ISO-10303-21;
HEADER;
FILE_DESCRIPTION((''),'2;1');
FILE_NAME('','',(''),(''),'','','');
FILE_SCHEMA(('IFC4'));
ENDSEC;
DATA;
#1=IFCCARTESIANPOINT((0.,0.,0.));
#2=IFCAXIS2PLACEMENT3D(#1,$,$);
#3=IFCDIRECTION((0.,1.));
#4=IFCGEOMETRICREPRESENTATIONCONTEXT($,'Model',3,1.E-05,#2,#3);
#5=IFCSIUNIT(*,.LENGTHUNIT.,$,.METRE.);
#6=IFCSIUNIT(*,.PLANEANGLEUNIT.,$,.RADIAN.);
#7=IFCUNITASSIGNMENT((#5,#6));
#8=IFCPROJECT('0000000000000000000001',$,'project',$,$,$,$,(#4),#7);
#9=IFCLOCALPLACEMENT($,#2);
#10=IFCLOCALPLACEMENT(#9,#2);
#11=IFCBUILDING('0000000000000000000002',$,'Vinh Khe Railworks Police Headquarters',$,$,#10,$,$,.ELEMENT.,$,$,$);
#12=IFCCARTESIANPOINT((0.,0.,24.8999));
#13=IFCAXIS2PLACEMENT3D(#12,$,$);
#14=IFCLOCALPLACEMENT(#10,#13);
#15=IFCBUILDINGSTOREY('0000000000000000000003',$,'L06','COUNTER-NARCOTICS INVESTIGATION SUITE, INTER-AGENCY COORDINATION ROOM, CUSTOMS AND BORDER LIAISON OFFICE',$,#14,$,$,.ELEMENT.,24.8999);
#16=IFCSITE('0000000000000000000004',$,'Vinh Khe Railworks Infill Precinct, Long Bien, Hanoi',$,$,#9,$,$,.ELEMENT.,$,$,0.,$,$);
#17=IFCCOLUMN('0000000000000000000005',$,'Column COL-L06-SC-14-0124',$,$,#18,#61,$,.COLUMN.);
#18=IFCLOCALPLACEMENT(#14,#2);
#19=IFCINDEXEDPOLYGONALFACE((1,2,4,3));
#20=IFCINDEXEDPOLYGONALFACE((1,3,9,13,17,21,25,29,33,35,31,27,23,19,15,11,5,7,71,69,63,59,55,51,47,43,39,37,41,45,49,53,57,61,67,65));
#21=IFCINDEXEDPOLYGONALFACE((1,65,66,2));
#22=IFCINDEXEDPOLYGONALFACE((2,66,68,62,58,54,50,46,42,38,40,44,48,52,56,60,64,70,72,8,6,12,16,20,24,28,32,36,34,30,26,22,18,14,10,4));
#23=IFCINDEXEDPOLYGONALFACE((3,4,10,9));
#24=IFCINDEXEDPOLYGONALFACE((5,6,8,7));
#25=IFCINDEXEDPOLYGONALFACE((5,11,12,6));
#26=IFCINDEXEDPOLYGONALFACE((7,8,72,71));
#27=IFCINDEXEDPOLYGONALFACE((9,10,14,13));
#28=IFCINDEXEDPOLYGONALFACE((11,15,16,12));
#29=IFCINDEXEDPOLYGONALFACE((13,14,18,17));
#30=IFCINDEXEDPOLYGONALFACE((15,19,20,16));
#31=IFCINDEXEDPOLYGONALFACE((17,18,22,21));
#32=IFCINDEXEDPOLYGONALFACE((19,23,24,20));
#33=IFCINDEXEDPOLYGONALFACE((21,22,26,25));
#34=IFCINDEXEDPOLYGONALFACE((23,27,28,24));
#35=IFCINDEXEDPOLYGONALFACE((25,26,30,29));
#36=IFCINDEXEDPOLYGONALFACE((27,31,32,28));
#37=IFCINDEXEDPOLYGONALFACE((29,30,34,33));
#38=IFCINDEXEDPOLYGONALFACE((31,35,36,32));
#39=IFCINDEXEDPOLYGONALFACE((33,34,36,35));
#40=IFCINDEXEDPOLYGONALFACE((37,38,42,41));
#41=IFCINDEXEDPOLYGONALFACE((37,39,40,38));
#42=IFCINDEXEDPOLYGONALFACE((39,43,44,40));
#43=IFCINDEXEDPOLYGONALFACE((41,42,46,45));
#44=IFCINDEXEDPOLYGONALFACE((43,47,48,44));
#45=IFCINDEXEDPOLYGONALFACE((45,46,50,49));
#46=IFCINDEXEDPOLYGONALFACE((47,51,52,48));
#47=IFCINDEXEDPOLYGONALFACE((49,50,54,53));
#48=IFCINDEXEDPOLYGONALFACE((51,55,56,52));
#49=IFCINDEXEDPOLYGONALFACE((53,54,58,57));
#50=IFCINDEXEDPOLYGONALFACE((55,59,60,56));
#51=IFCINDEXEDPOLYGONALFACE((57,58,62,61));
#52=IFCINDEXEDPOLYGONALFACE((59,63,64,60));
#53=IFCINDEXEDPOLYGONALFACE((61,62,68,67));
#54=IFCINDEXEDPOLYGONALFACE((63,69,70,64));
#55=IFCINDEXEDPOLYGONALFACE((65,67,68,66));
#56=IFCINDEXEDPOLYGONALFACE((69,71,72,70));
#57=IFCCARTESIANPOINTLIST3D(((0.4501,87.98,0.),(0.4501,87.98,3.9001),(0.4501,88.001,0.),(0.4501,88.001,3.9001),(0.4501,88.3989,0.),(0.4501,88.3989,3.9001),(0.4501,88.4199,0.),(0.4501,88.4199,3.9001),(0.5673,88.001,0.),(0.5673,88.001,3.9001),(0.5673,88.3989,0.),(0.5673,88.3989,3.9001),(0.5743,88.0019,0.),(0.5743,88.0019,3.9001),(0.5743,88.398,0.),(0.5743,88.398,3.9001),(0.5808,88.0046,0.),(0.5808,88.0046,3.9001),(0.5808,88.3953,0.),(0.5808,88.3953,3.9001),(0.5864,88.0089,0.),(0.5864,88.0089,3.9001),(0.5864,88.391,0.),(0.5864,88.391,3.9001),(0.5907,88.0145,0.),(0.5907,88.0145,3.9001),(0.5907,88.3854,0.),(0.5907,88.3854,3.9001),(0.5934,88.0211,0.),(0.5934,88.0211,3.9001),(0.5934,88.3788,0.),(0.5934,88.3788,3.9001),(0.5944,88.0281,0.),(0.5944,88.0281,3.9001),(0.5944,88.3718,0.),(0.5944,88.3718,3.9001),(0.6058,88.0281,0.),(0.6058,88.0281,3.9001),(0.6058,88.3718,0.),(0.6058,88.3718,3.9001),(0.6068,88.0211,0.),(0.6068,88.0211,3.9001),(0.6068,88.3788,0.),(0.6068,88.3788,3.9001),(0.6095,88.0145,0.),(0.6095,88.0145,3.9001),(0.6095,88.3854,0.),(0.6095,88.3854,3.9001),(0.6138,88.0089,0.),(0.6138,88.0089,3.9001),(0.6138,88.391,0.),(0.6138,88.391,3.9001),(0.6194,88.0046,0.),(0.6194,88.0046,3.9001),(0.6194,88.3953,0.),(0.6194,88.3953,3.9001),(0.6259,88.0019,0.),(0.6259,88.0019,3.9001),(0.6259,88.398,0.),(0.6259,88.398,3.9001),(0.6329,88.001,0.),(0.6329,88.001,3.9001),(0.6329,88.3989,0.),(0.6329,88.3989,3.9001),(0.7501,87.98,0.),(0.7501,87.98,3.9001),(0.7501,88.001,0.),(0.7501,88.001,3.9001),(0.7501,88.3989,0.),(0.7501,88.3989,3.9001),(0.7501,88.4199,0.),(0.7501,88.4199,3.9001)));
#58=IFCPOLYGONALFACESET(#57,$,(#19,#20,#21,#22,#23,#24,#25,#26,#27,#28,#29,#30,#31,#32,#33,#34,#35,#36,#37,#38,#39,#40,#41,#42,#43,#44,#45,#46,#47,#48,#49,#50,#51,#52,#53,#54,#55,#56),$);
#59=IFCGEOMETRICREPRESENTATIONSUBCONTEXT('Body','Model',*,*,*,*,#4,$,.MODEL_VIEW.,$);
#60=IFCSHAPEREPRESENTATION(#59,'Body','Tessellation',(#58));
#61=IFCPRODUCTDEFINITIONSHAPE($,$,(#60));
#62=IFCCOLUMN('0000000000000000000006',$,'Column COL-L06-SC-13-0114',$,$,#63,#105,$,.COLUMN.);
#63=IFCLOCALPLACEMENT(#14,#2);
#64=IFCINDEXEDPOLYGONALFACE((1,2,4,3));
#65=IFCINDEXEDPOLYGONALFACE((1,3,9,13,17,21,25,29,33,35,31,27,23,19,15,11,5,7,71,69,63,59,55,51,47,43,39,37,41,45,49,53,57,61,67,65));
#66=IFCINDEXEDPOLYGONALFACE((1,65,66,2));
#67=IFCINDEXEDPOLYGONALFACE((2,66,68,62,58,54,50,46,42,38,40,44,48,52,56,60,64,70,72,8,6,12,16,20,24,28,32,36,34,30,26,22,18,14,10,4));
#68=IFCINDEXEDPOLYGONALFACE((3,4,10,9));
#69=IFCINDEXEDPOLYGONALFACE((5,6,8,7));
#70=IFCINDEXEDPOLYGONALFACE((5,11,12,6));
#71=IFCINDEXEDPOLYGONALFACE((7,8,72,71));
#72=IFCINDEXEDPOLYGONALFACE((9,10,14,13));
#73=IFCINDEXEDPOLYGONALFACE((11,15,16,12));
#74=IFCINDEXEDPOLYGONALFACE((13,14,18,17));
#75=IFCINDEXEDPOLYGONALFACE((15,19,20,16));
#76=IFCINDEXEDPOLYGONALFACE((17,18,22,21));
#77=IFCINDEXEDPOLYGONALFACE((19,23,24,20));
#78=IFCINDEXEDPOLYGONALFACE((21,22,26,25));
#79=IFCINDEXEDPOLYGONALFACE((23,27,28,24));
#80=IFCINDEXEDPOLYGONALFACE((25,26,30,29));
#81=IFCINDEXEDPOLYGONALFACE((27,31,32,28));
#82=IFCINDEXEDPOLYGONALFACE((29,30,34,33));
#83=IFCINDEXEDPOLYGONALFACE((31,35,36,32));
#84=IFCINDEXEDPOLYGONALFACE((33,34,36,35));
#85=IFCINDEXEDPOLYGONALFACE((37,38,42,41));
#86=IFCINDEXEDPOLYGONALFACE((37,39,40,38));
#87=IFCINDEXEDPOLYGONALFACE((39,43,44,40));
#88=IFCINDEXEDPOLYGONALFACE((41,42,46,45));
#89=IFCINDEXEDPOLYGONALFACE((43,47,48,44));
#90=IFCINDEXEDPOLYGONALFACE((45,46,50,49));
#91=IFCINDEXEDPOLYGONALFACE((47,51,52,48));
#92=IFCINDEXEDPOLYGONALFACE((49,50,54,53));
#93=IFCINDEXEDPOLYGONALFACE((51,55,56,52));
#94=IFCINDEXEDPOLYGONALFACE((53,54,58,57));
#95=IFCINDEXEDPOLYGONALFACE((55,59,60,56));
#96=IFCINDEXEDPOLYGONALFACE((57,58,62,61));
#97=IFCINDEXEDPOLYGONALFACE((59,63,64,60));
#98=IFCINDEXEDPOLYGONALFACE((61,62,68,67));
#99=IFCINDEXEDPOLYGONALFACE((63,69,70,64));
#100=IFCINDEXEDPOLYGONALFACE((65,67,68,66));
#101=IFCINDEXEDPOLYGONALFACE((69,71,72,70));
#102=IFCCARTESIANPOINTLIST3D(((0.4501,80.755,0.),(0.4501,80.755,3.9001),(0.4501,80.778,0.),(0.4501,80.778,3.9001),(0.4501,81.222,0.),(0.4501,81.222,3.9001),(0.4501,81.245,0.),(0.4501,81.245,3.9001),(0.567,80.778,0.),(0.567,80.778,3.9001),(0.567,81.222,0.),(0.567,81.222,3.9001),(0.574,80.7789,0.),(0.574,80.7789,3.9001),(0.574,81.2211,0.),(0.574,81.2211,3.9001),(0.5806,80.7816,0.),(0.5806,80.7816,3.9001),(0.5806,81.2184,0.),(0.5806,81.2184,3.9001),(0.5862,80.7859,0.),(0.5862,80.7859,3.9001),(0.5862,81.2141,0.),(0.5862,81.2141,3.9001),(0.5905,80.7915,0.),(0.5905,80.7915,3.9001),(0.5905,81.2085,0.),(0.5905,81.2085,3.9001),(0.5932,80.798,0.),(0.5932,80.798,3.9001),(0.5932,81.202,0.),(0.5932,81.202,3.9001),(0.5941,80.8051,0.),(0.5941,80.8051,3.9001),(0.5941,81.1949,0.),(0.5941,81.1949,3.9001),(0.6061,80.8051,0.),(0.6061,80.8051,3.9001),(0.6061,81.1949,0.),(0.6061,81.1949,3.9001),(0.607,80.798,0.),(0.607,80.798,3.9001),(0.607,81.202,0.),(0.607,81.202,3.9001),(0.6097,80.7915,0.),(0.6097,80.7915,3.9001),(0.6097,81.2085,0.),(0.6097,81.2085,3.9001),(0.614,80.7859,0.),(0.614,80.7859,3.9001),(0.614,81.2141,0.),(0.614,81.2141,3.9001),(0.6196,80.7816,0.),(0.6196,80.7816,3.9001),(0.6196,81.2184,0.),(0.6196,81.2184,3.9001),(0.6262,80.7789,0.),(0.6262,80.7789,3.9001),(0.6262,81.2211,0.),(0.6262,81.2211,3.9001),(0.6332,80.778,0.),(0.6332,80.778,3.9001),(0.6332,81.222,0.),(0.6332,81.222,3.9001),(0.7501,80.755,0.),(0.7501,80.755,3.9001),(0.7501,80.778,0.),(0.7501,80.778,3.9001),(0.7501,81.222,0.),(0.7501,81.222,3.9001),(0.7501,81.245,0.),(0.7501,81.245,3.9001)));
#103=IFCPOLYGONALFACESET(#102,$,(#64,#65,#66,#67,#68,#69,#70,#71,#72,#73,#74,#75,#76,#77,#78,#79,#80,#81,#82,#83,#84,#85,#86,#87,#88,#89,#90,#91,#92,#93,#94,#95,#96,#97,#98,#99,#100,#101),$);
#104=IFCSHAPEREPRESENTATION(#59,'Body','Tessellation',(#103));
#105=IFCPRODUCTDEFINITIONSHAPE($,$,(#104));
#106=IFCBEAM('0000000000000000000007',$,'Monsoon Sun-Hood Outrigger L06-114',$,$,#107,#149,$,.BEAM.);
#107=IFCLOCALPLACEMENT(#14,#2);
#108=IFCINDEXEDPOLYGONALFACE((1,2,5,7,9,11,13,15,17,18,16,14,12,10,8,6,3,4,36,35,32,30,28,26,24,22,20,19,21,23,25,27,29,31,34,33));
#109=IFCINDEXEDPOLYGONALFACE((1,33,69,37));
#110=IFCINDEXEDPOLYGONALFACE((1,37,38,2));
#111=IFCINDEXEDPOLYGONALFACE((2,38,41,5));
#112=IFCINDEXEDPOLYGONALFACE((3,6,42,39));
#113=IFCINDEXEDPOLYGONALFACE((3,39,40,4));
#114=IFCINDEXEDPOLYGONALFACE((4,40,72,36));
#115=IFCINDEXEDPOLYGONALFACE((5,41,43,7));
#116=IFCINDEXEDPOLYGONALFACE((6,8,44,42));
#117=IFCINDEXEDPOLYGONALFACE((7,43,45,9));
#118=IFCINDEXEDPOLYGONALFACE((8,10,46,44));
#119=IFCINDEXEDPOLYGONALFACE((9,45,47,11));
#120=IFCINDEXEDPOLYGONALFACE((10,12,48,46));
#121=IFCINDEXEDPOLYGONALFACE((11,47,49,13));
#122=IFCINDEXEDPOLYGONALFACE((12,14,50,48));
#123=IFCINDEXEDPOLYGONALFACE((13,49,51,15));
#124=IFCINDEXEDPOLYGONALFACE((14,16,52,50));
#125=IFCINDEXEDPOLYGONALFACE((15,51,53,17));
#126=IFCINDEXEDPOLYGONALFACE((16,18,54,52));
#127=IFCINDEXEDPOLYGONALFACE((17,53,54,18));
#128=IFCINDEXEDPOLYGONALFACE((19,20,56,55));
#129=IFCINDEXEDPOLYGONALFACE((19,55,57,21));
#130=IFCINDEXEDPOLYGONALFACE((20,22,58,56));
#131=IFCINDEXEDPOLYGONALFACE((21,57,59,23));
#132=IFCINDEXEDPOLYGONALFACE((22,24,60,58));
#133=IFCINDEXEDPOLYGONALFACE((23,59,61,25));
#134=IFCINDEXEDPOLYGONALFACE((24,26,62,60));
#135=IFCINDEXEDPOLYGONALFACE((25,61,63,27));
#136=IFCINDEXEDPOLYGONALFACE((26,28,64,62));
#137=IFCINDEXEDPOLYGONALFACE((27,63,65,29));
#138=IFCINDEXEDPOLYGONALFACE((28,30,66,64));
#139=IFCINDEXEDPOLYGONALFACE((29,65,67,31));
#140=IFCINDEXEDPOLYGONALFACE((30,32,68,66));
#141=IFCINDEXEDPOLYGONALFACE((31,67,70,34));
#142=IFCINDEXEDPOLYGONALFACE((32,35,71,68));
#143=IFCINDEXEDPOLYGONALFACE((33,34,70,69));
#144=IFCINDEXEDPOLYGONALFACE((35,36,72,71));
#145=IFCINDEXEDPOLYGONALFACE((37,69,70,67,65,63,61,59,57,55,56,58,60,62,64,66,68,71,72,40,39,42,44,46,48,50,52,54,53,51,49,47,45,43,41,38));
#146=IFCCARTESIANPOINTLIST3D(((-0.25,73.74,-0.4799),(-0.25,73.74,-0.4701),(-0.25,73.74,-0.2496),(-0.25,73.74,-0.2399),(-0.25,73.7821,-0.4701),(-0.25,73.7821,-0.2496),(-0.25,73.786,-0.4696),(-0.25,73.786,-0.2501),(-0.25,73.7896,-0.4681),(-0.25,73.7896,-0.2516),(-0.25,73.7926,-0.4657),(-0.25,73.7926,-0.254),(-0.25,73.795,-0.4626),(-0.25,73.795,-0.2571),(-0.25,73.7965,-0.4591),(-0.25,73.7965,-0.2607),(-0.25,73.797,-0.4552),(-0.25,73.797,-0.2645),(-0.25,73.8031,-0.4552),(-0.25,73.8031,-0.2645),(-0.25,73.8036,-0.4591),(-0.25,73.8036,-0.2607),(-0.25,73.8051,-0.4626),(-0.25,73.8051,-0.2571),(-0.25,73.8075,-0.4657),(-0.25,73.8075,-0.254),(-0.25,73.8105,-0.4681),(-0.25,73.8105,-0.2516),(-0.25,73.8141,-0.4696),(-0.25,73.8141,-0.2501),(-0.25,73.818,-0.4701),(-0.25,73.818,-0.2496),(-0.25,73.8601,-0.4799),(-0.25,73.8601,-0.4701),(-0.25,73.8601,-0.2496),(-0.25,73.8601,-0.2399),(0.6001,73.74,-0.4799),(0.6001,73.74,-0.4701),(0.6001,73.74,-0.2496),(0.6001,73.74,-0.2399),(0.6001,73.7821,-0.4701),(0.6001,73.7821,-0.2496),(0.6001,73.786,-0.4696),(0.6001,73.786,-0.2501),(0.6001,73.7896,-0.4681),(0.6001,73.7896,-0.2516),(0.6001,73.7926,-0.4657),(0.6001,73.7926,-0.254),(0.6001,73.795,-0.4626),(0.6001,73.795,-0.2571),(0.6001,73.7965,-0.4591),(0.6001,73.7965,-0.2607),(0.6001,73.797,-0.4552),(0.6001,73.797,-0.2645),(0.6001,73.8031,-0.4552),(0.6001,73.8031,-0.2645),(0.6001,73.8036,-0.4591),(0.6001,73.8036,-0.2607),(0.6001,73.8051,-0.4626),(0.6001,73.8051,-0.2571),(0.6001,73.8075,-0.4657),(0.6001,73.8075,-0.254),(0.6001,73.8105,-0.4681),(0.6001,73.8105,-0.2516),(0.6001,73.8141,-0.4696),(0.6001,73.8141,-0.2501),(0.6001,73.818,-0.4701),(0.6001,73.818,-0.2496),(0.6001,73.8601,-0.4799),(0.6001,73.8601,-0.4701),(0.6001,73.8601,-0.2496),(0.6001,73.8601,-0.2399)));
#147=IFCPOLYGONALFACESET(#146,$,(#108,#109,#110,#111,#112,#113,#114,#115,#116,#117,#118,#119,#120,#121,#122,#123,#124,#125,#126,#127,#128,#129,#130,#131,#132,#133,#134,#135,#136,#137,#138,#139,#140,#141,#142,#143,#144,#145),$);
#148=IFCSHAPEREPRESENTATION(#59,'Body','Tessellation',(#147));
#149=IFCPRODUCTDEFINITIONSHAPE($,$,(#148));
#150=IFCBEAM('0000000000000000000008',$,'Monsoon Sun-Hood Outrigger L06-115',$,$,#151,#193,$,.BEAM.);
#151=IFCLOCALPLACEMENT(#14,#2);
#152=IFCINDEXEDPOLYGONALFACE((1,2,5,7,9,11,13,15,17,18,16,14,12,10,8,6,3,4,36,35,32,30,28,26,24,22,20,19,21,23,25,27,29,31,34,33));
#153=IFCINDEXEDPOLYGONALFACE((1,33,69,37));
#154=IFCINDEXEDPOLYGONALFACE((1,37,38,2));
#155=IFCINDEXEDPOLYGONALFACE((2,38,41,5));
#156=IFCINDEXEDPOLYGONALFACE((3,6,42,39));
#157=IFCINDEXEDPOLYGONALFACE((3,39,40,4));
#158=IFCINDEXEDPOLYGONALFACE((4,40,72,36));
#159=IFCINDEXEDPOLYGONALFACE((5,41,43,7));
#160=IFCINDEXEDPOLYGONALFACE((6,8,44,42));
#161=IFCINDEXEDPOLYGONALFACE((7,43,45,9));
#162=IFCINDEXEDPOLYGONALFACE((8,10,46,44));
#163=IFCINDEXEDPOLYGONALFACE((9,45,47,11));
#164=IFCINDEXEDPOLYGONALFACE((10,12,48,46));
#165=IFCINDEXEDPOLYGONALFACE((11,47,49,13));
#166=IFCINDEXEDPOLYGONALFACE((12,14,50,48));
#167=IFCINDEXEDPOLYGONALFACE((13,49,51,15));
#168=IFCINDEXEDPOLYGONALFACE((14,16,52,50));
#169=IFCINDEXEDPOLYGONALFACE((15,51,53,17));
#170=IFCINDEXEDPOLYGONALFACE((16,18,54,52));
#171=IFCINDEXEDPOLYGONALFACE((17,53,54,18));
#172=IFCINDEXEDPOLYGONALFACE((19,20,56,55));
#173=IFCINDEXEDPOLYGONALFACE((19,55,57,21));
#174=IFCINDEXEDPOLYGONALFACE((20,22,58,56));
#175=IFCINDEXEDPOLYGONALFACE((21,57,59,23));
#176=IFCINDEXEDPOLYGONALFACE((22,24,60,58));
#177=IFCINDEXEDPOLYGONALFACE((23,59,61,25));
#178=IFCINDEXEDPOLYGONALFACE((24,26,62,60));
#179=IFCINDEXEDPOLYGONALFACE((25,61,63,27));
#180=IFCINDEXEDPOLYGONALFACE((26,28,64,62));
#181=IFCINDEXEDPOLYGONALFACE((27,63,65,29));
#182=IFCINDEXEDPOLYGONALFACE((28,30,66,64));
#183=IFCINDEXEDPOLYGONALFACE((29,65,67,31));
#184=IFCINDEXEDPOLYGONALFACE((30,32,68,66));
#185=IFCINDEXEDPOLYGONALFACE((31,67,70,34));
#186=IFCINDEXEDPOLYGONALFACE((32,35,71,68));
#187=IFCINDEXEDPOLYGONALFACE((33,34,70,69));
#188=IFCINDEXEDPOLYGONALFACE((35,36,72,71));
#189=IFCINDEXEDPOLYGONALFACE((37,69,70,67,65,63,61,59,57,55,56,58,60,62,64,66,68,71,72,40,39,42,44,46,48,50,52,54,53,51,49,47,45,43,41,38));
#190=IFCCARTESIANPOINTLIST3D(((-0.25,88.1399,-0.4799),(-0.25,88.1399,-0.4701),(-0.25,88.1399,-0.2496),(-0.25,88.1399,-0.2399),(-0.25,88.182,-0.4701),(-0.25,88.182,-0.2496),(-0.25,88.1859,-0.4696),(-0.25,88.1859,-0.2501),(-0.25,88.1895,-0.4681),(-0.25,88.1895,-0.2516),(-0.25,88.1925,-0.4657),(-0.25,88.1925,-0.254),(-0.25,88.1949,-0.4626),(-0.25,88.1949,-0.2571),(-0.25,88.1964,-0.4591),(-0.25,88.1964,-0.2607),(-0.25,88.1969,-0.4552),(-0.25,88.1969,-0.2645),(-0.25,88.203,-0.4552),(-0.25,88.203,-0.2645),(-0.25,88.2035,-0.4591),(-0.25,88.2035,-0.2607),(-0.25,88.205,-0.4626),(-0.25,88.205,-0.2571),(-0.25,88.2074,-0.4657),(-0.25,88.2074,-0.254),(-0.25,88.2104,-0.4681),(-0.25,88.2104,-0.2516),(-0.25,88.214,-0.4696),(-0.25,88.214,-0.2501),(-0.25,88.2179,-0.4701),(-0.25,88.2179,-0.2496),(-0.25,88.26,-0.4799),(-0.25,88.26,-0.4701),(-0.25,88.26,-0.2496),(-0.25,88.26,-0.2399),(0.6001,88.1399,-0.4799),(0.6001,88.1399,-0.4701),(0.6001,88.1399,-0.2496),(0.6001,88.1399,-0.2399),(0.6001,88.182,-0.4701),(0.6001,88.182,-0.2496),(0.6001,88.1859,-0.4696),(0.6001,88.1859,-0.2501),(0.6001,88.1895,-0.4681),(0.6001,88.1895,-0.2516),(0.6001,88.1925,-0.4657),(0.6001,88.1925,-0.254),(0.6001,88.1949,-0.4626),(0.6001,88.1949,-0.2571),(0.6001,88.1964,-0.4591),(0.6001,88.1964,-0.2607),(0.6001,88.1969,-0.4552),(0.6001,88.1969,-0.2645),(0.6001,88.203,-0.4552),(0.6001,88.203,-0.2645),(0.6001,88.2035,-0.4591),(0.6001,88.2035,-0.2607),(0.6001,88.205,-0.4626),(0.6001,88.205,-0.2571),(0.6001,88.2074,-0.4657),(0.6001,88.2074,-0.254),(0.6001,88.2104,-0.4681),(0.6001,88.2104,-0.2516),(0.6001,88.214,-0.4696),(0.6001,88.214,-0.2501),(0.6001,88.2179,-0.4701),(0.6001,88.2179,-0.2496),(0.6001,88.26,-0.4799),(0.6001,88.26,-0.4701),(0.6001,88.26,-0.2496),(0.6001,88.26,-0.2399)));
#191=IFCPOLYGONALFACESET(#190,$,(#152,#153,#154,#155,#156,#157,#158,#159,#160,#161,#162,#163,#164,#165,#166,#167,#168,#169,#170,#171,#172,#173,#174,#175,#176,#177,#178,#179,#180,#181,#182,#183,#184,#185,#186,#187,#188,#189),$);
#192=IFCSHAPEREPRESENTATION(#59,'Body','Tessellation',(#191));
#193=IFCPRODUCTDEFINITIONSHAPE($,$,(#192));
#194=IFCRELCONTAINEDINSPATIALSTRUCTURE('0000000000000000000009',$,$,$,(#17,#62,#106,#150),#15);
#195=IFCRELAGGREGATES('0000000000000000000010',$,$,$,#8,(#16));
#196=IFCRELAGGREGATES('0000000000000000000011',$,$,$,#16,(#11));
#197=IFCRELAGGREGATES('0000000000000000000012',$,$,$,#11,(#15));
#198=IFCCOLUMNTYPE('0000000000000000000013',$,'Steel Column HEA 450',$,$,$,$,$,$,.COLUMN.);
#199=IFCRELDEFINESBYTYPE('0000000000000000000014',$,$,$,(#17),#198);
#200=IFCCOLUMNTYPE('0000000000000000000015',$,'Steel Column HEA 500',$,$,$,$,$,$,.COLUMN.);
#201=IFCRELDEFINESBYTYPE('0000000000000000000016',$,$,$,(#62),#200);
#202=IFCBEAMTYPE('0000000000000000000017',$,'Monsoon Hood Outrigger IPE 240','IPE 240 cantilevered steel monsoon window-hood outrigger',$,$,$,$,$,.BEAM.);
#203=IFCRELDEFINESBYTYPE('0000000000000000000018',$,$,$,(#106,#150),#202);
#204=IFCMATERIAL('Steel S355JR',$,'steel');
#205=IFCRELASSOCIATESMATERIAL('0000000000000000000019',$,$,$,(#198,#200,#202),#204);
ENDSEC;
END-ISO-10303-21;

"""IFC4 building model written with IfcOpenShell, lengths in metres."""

from ifc_helpers import new_model, si_unit, direction, frame, origin, origin_2d, place, context, subcontext, project, spatial, i_section, extrude, material, material_profile, profile_set, type_object, element, save


model = new_model("IFC4")

# Units and contexts
model_context = context("Model", 3, precision=1e-05, world=origin(), true_north=direction((0.0, 1.0)))
body_context = subcontext(model_context, "Body", "Model", "MODEL_VIEW")
ifc_project = project(units=[si_unit("LENGTHUNIT", "METRE"), si_unit("PLANEANGLEUNIT", "RADIAN")], contexts=[model_context])

# Site, building, storey
site_placement = place(None, origin())
site = spatial("IfcSite", under=ifc_project, at=site_placement, Name="Vinh Khe Railworks Infill Precinct, Long Bien, Hanoi", CompositionType="ELEMENT", RefElevation=0.0)
building_placement = place(site_placement, origin())
building = spatial("IfcBuilding", under=site, at=building_placement, Name="Vinh Khe Railworks Police Headquarters", CompositionType="ELEMENT")
storey_placement = place(building_placement, frame((0.0, 0.0, 24.8999)))
storey = spatial("IfcBuildingStorey", under=building, at=storey_placement, Name="L06", Description="COUNTER-NARCOTICS INVESTIGATION SUITE, INTER-AGENCY COORDINATION ROOM, CUSTOMS AND BORDER LIAISON OFFICE", CompositionType="ELEMENT", Elevation=24.8999)

# Columns
ifc_material_1 = material(Name="Steel S355JR", Category="steel")
ifc_material_profile_1 = material_profile(ifc_material_1, i_section(OverallWidth=0.3, OverallDepth=0.4399, WebThickness=0.0115, FlangeThickness=0.021, FilletRadius=0.0271, at=origin_2d()), Name="HEA 450")
ifc_profile_set_1 = profile_set([ifc_material_profile_1], Name="Steel S355JR")
column_type_1 = type_object("IfcColumnType", Name="Steel Column HEA 450", PredefinedType="COLUMN", material=ifc_profile_set_1)
column_1_placement = place(storey_placement, frame((0.6001, 88.2, 0.0), z_axis=(0.0, 0.0, 1.0), x_axis=(1.0, 0.0, 0.0)))
element("IfcColumn", 1, at=column_1_placement, inside=storey, type_object=column_type_1, Name="Column COL-L06-SC-14-0124", PredefinedType="COLUMN", context=body_context, shape_type="SweptSolid", body=[
    extrude(i_section(OverallWidth=0.3, OverallDepth=0.4399, WebThickness=0.0115, FlangeThickness=0.021, FilletRadius=0.0271, at=origin_2d()), origin(), (0.0, 0.0, 1.0), 3.9001),
])
ifc_material_profile_2 = material_profile(ifc_material_1, i_section(OverallWidth=0.3, OverallDepth=0.49, WebThickness=0.012, FlangeThickness=0.0229, FilletRadius=0.0271, at=origin_2d()), Name="HEA 500")
ifc_profile_set_2 = profile_set([ifc_material_profile_2], Name="Steel S355JR")
column_type_2 = type_object("IfcColumnType", Name="Steel Column HEA 500", PredefinedType="COLUMN", material=ifc_profile_set_2)
column_2_placement = place(storey_placement, frame((0.6001, 81.0, 0.0), z_axis=(0.0, 0.0, 1.0), x_axis=(1.0, 0.0, 0.0)))
element("IfcColumn", 2, at=column_2_placement, inside=storey, type_object=column_type_2, Name="Column COL-L06-SC-13-0114", PredefinedType="COLUMN", context=body_context, shape_type="SweptSolid", body=[
    extrude(i_section(OverallWidth=0.3, OverallDepth=0.49, WebThickness=0.012, FlangeThickness=0.0229, FilletRadius=0.0271, at=origin_2d()), origin(), (0.0, 0.0, 1.0), 3.9001),
])

# Beams
ifc_material_profile_3 = material_profile(ifc_material_1, i_section(OverallWidth=0.1201, OverallDepth=0.24, WebThickness=0.0061, FlangeThickness=0.0098, FilletRadius=0.0149, at=origin_2d()), Name="IPE 240")
ifc_profile_set_3 = profile_set([ifc_material_profile_3], Name="Steel S355JR")
beam_type_1 = type_object("IfcBeamType", Name="Monsoon Hood Outrigger IPE 240", Description="IPE 240 cantilevered steel monsoon window-hood outrigger", PredefinedType="BEAM", material=ifc_profile_set_3)
for number, where, z_axis, x_axis, name in (
    (3, (-0.25, 73.8, -0.3599), (1.0, 0.0, 0.0), (0.0, 1.0, 0.0), "Monsoon Sun-Hood Outrigger L06-114"),
    (4, (-0.25, 88.2, -0.3599), (1.0, 0.0, 0.0), (0.0, 1.0, 0.0), "Monsoon Sun-Hood Outrigger L06-115"),
):
    element("IfcBeam", number, at=place(storey_placement, frame(where, z_axis=z_axis, x_axis=x_axis)), inside=storey, type_object=beam_type_1, Name=name, PredefinedType="BEAM", context=body_context, shape_type="SweptSolid", body=[
        extrude(i_section(OverallWidth=0.1201, OverallDepth=0.24, WebThickness=0.0061, FlangeThickness=0.0098, FilletRadius=0.0149, at=origin_2d()), origin(), (0.0, 0.0, 1.0), 0.8501),
    ])

save(model, "model.ifc")
